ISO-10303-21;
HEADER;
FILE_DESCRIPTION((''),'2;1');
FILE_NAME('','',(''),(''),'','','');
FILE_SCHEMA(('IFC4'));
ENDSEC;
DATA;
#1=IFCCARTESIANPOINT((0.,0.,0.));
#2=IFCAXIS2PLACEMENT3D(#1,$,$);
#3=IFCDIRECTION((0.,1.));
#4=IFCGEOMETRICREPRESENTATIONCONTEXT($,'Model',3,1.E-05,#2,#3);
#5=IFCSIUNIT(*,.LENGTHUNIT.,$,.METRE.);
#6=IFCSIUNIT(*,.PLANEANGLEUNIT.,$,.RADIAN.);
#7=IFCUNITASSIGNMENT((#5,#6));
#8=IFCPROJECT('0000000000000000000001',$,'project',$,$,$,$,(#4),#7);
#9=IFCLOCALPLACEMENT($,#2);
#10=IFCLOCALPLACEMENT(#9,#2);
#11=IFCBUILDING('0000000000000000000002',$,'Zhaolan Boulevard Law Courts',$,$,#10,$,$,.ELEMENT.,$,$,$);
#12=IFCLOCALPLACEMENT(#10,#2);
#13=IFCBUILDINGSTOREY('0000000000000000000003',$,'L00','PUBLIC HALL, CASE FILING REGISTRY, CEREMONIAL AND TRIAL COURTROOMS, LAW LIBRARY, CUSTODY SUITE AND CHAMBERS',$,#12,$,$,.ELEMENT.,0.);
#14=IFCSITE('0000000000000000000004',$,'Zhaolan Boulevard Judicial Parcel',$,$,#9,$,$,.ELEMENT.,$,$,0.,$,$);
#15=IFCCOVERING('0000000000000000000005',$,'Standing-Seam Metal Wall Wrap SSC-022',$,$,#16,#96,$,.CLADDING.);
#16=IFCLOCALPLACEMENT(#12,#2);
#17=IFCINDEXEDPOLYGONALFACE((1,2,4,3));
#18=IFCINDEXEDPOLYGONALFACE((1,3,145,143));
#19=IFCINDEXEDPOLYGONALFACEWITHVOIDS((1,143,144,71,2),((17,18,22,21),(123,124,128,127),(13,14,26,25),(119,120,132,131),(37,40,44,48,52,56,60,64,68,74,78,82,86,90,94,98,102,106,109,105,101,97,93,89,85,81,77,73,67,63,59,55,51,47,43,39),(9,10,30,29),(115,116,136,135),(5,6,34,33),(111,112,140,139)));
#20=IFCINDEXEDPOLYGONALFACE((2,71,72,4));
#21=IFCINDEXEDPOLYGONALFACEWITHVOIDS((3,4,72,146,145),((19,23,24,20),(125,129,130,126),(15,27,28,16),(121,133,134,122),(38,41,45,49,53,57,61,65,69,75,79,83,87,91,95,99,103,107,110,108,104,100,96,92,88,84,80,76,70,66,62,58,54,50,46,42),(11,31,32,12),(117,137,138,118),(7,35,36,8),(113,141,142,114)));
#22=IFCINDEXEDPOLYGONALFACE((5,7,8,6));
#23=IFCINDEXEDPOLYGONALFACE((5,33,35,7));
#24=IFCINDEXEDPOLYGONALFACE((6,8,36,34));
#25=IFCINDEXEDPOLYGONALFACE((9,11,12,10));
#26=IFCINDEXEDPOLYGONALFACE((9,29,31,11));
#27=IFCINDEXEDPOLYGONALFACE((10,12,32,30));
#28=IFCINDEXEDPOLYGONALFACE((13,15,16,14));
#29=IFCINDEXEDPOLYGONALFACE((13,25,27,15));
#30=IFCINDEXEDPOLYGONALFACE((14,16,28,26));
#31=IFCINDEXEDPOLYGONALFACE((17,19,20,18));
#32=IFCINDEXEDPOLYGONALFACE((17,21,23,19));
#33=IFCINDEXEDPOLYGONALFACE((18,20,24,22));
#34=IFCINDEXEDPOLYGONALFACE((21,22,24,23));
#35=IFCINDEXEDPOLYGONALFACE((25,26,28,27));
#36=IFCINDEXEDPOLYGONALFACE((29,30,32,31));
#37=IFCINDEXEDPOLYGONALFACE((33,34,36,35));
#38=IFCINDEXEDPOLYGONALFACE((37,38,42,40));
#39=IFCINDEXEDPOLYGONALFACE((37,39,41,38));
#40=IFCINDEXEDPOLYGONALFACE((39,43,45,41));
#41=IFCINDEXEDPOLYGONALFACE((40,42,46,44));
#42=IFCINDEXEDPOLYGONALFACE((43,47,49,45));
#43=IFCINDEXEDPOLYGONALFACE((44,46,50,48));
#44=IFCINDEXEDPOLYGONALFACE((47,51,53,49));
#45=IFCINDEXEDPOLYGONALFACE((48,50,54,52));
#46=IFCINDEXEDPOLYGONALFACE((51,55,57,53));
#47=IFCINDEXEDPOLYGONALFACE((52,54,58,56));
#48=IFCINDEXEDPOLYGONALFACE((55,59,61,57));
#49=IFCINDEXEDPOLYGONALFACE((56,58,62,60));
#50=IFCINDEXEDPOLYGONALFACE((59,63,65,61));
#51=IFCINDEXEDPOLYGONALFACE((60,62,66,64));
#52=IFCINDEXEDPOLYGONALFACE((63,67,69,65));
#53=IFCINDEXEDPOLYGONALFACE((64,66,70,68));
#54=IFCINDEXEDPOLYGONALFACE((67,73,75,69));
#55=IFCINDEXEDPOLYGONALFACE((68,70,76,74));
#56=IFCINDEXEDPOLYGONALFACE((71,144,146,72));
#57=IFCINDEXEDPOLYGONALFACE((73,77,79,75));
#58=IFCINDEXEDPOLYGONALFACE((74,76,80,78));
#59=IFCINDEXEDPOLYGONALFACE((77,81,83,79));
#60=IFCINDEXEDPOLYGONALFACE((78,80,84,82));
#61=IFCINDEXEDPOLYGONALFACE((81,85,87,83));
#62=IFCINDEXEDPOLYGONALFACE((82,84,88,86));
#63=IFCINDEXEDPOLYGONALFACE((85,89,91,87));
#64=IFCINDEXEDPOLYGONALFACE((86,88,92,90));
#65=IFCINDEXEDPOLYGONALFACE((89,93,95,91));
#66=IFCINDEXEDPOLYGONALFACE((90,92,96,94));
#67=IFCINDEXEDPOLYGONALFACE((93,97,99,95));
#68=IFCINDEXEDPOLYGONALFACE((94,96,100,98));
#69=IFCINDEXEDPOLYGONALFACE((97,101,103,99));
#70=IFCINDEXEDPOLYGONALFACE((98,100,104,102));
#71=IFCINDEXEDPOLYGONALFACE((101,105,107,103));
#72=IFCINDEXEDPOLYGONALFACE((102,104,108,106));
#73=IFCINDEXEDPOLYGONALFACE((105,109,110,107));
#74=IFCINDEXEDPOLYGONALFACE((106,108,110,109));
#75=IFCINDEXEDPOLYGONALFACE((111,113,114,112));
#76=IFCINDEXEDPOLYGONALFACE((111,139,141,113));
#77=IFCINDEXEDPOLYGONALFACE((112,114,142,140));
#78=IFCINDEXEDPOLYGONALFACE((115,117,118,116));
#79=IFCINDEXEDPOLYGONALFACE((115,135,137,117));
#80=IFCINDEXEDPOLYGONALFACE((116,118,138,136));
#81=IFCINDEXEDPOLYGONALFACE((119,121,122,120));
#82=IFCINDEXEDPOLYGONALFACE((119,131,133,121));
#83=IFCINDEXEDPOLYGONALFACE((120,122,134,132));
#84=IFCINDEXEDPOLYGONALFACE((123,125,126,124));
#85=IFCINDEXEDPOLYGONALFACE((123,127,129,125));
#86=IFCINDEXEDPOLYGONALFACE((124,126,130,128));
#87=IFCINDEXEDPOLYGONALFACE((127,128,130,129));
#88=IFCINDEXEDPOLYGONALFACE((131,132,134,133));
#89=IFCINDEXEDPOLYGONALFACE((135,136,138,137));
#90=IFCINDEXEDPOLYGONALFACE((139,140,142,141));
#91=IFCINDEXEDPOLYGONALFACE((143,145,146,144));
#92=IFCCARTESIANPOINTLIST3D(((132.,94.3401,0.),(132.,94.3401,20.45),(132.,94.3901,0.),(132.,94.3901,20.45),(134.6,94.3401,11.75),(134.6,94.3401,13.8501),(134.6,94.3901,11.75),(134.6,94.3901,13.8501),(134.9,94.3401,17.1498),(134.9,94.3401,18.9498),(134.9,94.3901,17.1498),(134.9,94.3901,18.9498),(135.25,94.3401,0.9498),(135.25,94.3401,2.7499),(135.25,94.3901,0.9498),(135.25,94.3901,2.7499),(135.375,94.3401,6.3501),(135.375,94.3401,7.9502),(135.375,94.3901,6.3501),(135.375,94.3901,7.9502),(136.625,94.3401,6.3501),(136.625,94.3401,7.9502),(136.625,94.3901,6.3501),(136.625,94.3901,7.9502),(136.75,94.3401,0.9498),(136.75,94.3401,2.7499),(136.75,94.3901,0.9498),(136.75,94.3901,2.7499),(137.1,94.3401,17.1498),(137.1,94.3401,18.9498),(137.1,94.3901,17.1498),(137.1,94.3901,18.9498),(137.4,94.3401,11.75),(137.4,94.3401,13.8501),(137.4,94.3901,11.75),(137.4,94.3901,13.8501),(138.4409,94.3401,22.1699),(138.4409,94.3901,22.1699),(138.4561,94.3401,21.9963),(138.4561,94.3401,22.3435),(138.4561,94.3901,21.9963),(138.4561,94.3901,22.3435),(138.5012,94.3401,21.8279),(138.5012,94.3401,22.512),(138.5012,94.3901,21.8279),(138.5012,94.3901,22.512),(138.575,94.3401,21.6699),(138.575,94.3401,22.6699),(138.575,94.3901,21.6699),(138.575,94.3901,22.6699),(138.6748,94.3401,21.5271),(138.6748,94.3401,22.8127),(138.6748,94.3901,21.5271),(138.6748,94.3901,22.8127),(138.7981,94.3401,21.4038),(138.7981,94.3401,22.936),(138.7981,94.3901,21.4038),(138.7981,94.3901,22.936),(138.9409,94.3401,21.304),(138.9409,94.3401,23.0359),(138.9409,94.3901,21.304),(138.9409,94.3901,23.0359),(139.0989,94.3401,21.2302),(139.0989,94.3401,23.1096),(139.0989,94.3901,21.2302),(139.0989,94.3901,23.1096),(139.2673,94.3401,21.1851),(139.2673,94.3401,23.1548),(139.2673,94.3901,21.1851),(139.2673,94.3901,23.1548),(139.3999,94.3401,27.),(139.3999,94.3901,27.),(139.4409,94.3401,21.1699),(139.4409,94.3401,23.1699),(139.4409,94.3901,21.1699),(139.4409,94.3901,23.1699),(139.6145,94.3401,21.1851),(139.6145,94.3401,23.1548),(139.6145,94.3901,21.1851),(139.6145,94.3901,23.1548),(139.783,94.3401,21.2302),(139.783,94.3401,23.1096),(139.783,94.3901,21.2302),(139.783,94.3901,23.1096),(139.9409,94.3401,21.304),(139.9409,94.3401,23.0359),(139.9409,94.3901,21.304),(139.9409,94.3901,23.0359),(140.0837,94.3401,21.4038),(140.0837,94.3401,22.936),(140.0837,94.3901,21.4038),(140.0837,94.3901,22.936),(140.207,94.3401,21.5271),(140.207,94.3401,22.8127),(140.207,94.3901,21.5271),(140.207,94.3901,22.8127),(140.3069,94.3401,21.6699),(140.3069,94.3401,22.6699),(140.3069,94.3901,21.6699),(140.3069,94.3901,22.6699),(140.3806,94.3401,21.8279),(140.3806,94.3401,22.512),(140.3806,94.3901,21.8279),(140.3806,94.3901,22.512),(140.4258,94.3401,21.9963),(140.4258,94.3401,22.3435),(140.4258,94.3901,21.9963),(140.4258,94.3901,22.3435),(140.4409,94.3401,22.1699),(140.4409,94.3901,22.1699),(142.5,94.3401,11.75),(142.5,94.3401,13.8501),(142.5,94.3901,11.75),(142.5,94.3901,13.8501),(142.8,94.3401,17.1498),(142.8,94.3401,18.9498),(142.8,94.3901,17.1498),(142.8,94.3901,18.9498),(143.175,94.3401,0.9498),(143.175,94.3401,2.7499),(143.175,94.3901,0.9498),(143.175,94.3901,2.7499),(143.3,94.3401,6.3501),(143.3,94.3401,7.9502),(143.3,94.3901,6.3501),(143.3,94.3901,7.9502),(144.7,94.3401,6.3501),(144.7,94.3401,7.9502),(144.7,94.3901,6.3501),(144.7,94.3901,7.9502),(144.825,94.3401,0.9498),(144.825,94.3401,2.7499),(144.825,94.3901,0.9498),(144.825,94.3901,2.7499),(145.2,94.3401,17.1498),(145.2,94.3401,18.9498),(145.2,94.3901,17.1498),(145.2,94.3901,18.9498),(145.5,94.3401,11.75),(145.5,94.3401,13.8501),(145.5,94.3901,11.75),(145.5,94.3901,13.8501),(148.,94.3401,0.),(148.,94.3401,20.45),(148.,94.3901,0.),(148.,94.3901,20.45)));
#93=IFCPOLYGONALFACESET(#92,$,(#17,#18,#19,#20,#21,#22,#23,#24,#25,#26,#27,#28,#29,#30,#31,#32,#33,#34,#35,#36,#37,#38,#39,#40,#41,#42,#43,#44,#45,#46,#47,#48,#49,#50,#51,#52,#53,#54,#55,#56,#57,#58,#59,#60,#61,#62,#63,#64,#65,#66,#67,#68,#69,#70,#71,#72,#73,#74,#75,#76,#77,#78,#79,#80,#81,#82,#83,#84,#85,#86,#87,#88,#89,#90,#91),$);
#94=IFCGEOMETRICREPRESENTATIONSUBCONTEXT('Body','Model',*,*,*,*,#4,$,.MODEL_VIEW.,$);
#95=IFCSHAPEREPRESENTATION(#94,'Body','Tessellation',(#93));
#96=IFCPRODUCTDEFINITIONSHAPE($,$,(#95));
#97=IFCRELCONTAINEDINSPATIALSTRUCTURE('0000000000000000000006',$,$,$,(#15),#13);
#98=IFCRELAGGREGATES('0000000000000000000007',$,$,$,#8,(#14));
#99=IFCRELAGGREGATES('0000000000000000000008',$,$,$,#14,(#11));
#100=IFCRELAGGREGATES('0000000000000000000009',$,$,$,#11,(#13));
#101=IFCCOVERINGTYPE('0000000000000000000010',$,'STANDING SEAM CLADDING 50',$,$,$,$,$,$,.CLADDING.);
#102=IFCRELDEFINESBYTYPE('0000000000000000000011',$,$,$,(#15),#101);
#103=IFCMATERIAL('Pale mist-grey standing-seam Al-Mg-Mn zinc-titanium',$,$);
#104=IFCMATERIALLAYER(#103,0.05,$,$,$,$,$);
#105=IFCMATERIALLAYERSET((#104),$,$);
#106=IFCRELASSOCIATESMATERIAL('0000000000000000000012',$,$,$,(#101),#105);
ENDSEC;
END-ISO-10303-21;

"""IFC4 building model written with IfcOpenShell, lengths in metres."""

from ifc_helpers import new_model, si_unit, direction, frame, frame_2d, origin, place, context, subcontext, project, spatial, polyline, rectangle, outline, extrude, material, layer, layer_set, type_object, element, save


model = new_model("IFC4")

# Units and contexts
model_context = context("Model", 3, precision=1e-05, world=origin(), true_north=direction((0.0, 1.0)))
body_context = subcontext(model_context, "Body", "Model", "MODEL_VIEW")
ifc_project = project(units=[si_unit("LENGTHUNIT", "METRE"), si_unit("PLANEANGLEUNIT", "RADIAN")], contexts=[model_context])

# Site, building, storey
site_placement = place(None, origin())
site = spatial("IfcSite", under=ifc_project, at=site_placement, Name="Zhaolan Boulevard Judicial Parcel", CompositionType="ELEMENT", RefElevation=0.0)
building_placement = place(site_placement, origin())
building = spatial("IfcBuilding", under=site, at=building_placement, Name="Zhaolan Boulevard Law Courts", CompositionType="ELEMENT")
storey_placement = place(building_placement, origin())
storey = spatial("IfcBuildingStorey", under=building, at=storey_placement, Name="L00", Description="PUBLIC HALL, CASE FILING REGISTRY, CEREMONIAL AND TRIAL COURTROOMS, LAW LIBRARY, CUSTODY SUITE AND CHAMBERS", CompositionType="ELEMENT", Elevation=0.0)

# Covering, openings
ifc_material_1 = material(Name="Pale mist-grey standing-seam Al-Mg-Mn zinc-titanium")
ifc_layer_1 = layer(ifc_material_1, 0.05)
ifc_layer_set_1 = layer_set([ifc_layer_1])
covering_type = type_object("IfcCoveringType", Name="STANDING SEAM CLADDING 50", PredefinedType="CLADDING", material=ifc_layer_set_1)
covering_placement = place(storey_placement, frame((148.0, 94.365, 0.0), z_axis=(0.0, 0.0, 1.0), x_axis=(-1.0, 0.0, 0.0)))
covering = element("IfcCovering", 1, at=covering_placement, inside=storey, type_object=covering_type, Name="Standing-Seam Metal Wall Wrap SSC-022", PredefinedType="CLADDING", context=body_context, shape_type="SweptSolid", body=[
    extrude(outline(polyline([(0.0, 0.0), (16.0, 0.0), (16.0, 20.45), (8.6001, 27.0), (0.0, 20.45), (0.0, 0.0)])), frame((0.0, 0.0249, 0.0), z_axis=(0.0, -1.0, 0.0), x_axis=(1.0, 0.0, 0.0)), (0.0, 0.0, 1.0), 0.05),
])
opening_1_placement = place(storey_placement, frame((136.75, 94.365, 0.95), z_axis=(0.0, 0.0, 1.0), x_axis=(-1.0, 0.0, 0.0)))
element("IfcOpeningElement", 2, at=opening_1_placement, cuts=covering, PredefinedType="OPENING", context=body_context, shape_type="SweptSolid", body=[
    extrude(rectangle(XDim=1.5, YDim=1.8, at=frame_2d((0.75, 0.8999))), frame((0.0, 0.1499, 0.0), z_axis=(0.0, -1.0, 0.0), x_axis=(1.0, 0.0, 0.0)), (0.0, 0.0, 1.0), 0.3),
])
opening_2_placement = place(storey_placement, frame((144.825, 94.365, 0.95), z_axis=(0.0, 0.0, 1.0), x_axis=(-1.0, 0.0, 0.0)))
element("IfcOpeningElement", 3, at=opening_2_placement, cuts=covering, PredefinedType="OPENING", context=body_context, shape_type="SweptSolid", body=[
    extrude(rectangle(XDim=1.6499, YDim=1.8, at=frame_2d((0.825, 0.8999))), frame((0.0, 0.1499, 0.0), z_axis=(0.0, -1.0, 0.0), x_axis=(1.0, 0.0, 0.0)), (0.0, 0.0, 1.0), 0.3),
])
opening_3_placement = place(storey_placement, frame((136.625, 94.365, 6.3501), z_axis=(0.0, 0.0, 1.0), x_axis=(-1.0, 0.0, 0.0)))
element("IfcOpeningElement", 4, at=opening_3_placement, cuts=covering, PredefinedType="OPENING", context=body_context, shape_type="SweptSolid", body=[
    extrude(rectangle(XDim=1.25, YDim=1.6001, at=frame_2d((0.625, 0.8))), frame((0.0, 0.1499, 0.0), z_axis=(0.0, -1.0, 0.0), x_axis=(1.0, 0.0, 0.0)), (0.0, 0.0, 1.0), 0.3),
])
opening_4_placement = place(storey_placement, frame((144.7, 94.365, 6.3501), z_axis=(0.0, 0.0, 1.0), x_axis=(-1.0, 0.0, 0.0)))
element("IfcOpeningElement", 5, at=opening_4_placement, cuts=covering, PredefinedType="OPENING", context=body_context, shape_type="SweptSolid", body=[
    extrude(rectangle(XDim=1.3999, YDim=1.6001, at=frame_2d((0.7, 0.8))), frame((0.0, 0.1499, 0.0), z_axis=(0.0, -1.0, 0.0), x_axis=(1.0, 0.0, 0.0)), (0.0, 0.0, 1.0), 0.3),
])
opening_5_placement = place(storey_placement, frame((137.3999, 94.365, 11.75), z_axis=(0.0, 0.0, 1.0), x_axis=(-1.0, 0.0, 0.0)))
element("IfcOpeningElement", 6, at=opening_5_placement, cuts=covering, PredefinedType="OPENING", context=body_context, shape_type="SweptSolid", body=[
    extrude(rectangle(XDim=2.8, YDim=2.1001, at=frame_2d((1.3999, 1.05))), frame((0.0, 0.1499, 0.0), z_axis=(0.0, -1.0, 0.0), x_axis=(1.0, 0.0, 0.0)), (0.0, 0.0, 1.0), 0.3),
])
opening_6_placement = place(storey_placement, frame((145.5, 94.365, 11.75), z_axis=(0.0, 0.0, 1.0), x_axis=(-1.0, 0.0, 0.0)))
element("IfcOpeningElement", 7, at=opening_6_placement, cuts=covering, PredefinedType="OPENING", context=body_context, shape_type="SweptSolid", body=[
    extrude(rectangle(XDim=3.0, YDim=2.1001, at=frame_2d((1.5, 1.05))), frame((0.0, 0.1499, 0.0), z_axis=(0.0, -1.0, 0.0), x_axis=(1.0, 0.0, 0.0)), (0.0, 0.0, 1.0), 0.3),
])
opening_7_placement = place(storey_placement, frame((137.1001, 94.365, 17.1499), z_axis=(0.0, 0.0, 1.0), x_axis=(-1.0, 0.0, 0.0)))
element("IfcOpeningElement", 8, at=opening_7_placement, cuts=covering, PredefinedType="OPENING", context=body_context, shape_type="SweptSolid", body=[
    extrude(rectangle(XDim=2.2, YDim=1.8, at=frame_2d((1.1001, 0.8999))), frame((0.0, 0.1499, 0.0), z_axis=(0.0, -1.0, 0.0), x_axis=(1.0, 0.0, 0.0)), (0.0, 0.0, 1.0), 0.3),
])
opening_8_placement = place(storey_placement, frame((145.2, 94.365, 17.1499), z_axis=(0.0, 0.0, 1.0), x_axis=(-1.0, 0.0, 0.0)))
element("IfcOpeningElement", 9, at=opening_8_placement, cuts=covering, PredefinedType="OPENING", context=body_context, shape_type="SweptSolid", body=[
    extrude(rectangle(XDim=2.3999, YDim=1.8, at=frame_2d((1.2, 0.8999))), frame((0.0, 0.1499, 0.0), z_axis=(0.0, -1.0, 0.0), x_axis=(1.0, 0.0, 0.0)), (0.0, 0.0, 1.0), 0.3),
])
opening_9_placement = place(storey_placement, frame((140.4409, 94.365, 21.1699), z_axis=(0.0, 0.0, 1.0), x_axis=(-1.0, 0.0, 0.0)))
element("IfcOpeningElement", 10, at=opening_9_placement, cuts=covering, PredefinedType="OPENING", context=body_context, shape_type="SweptSolid", body=[
    extrude(outline(polyline([(2.0, 1.0), (1.9849, 1.1736), (1.9397, 1.342), (1.866, 1.5), (1.7661, 1.6428), (1.6428, 1.7661), (1.5, 1.866), (1.342, 1.9397), (1.1736, 1.9849), (1.0, 2.0), (0.8264, 1.9849), (0.658, 1.9397), (0.5, 1.866), (0.3572, 1.7661), (0.2339, 1.6428), (0.134, 1.5), (0.0603, 1.342), (0.0151, 1.1736), (0.0, 1.0), (0.0151, 0.8264), (0.0603, 0.658), (0.134, 0.5), (0.2339, 0.3572), (0.3572, 0.2339), (0.5, 0.134), (0.658, 0.0603), (0.8264, 0.0151), (1.0, 0.0), (1.1736, 0.0151), (1.342, 0.0603), (1.5, 0.134), (1.6428, 0.2339), (1.7661, 0.3572), (1.866, 0.5), (1.9397, 0.658), (1.9849, 0.8264), (2.0, 1.0)])), frame((0.0, 0.1499, 0.0), z_axis=(0.0, -1.0, 0.0), x_axis=(1.0, 0.0, 0.0)), (0.0, 0.0, 1.0), 0.3),
])

save(model, "model.ifc")
